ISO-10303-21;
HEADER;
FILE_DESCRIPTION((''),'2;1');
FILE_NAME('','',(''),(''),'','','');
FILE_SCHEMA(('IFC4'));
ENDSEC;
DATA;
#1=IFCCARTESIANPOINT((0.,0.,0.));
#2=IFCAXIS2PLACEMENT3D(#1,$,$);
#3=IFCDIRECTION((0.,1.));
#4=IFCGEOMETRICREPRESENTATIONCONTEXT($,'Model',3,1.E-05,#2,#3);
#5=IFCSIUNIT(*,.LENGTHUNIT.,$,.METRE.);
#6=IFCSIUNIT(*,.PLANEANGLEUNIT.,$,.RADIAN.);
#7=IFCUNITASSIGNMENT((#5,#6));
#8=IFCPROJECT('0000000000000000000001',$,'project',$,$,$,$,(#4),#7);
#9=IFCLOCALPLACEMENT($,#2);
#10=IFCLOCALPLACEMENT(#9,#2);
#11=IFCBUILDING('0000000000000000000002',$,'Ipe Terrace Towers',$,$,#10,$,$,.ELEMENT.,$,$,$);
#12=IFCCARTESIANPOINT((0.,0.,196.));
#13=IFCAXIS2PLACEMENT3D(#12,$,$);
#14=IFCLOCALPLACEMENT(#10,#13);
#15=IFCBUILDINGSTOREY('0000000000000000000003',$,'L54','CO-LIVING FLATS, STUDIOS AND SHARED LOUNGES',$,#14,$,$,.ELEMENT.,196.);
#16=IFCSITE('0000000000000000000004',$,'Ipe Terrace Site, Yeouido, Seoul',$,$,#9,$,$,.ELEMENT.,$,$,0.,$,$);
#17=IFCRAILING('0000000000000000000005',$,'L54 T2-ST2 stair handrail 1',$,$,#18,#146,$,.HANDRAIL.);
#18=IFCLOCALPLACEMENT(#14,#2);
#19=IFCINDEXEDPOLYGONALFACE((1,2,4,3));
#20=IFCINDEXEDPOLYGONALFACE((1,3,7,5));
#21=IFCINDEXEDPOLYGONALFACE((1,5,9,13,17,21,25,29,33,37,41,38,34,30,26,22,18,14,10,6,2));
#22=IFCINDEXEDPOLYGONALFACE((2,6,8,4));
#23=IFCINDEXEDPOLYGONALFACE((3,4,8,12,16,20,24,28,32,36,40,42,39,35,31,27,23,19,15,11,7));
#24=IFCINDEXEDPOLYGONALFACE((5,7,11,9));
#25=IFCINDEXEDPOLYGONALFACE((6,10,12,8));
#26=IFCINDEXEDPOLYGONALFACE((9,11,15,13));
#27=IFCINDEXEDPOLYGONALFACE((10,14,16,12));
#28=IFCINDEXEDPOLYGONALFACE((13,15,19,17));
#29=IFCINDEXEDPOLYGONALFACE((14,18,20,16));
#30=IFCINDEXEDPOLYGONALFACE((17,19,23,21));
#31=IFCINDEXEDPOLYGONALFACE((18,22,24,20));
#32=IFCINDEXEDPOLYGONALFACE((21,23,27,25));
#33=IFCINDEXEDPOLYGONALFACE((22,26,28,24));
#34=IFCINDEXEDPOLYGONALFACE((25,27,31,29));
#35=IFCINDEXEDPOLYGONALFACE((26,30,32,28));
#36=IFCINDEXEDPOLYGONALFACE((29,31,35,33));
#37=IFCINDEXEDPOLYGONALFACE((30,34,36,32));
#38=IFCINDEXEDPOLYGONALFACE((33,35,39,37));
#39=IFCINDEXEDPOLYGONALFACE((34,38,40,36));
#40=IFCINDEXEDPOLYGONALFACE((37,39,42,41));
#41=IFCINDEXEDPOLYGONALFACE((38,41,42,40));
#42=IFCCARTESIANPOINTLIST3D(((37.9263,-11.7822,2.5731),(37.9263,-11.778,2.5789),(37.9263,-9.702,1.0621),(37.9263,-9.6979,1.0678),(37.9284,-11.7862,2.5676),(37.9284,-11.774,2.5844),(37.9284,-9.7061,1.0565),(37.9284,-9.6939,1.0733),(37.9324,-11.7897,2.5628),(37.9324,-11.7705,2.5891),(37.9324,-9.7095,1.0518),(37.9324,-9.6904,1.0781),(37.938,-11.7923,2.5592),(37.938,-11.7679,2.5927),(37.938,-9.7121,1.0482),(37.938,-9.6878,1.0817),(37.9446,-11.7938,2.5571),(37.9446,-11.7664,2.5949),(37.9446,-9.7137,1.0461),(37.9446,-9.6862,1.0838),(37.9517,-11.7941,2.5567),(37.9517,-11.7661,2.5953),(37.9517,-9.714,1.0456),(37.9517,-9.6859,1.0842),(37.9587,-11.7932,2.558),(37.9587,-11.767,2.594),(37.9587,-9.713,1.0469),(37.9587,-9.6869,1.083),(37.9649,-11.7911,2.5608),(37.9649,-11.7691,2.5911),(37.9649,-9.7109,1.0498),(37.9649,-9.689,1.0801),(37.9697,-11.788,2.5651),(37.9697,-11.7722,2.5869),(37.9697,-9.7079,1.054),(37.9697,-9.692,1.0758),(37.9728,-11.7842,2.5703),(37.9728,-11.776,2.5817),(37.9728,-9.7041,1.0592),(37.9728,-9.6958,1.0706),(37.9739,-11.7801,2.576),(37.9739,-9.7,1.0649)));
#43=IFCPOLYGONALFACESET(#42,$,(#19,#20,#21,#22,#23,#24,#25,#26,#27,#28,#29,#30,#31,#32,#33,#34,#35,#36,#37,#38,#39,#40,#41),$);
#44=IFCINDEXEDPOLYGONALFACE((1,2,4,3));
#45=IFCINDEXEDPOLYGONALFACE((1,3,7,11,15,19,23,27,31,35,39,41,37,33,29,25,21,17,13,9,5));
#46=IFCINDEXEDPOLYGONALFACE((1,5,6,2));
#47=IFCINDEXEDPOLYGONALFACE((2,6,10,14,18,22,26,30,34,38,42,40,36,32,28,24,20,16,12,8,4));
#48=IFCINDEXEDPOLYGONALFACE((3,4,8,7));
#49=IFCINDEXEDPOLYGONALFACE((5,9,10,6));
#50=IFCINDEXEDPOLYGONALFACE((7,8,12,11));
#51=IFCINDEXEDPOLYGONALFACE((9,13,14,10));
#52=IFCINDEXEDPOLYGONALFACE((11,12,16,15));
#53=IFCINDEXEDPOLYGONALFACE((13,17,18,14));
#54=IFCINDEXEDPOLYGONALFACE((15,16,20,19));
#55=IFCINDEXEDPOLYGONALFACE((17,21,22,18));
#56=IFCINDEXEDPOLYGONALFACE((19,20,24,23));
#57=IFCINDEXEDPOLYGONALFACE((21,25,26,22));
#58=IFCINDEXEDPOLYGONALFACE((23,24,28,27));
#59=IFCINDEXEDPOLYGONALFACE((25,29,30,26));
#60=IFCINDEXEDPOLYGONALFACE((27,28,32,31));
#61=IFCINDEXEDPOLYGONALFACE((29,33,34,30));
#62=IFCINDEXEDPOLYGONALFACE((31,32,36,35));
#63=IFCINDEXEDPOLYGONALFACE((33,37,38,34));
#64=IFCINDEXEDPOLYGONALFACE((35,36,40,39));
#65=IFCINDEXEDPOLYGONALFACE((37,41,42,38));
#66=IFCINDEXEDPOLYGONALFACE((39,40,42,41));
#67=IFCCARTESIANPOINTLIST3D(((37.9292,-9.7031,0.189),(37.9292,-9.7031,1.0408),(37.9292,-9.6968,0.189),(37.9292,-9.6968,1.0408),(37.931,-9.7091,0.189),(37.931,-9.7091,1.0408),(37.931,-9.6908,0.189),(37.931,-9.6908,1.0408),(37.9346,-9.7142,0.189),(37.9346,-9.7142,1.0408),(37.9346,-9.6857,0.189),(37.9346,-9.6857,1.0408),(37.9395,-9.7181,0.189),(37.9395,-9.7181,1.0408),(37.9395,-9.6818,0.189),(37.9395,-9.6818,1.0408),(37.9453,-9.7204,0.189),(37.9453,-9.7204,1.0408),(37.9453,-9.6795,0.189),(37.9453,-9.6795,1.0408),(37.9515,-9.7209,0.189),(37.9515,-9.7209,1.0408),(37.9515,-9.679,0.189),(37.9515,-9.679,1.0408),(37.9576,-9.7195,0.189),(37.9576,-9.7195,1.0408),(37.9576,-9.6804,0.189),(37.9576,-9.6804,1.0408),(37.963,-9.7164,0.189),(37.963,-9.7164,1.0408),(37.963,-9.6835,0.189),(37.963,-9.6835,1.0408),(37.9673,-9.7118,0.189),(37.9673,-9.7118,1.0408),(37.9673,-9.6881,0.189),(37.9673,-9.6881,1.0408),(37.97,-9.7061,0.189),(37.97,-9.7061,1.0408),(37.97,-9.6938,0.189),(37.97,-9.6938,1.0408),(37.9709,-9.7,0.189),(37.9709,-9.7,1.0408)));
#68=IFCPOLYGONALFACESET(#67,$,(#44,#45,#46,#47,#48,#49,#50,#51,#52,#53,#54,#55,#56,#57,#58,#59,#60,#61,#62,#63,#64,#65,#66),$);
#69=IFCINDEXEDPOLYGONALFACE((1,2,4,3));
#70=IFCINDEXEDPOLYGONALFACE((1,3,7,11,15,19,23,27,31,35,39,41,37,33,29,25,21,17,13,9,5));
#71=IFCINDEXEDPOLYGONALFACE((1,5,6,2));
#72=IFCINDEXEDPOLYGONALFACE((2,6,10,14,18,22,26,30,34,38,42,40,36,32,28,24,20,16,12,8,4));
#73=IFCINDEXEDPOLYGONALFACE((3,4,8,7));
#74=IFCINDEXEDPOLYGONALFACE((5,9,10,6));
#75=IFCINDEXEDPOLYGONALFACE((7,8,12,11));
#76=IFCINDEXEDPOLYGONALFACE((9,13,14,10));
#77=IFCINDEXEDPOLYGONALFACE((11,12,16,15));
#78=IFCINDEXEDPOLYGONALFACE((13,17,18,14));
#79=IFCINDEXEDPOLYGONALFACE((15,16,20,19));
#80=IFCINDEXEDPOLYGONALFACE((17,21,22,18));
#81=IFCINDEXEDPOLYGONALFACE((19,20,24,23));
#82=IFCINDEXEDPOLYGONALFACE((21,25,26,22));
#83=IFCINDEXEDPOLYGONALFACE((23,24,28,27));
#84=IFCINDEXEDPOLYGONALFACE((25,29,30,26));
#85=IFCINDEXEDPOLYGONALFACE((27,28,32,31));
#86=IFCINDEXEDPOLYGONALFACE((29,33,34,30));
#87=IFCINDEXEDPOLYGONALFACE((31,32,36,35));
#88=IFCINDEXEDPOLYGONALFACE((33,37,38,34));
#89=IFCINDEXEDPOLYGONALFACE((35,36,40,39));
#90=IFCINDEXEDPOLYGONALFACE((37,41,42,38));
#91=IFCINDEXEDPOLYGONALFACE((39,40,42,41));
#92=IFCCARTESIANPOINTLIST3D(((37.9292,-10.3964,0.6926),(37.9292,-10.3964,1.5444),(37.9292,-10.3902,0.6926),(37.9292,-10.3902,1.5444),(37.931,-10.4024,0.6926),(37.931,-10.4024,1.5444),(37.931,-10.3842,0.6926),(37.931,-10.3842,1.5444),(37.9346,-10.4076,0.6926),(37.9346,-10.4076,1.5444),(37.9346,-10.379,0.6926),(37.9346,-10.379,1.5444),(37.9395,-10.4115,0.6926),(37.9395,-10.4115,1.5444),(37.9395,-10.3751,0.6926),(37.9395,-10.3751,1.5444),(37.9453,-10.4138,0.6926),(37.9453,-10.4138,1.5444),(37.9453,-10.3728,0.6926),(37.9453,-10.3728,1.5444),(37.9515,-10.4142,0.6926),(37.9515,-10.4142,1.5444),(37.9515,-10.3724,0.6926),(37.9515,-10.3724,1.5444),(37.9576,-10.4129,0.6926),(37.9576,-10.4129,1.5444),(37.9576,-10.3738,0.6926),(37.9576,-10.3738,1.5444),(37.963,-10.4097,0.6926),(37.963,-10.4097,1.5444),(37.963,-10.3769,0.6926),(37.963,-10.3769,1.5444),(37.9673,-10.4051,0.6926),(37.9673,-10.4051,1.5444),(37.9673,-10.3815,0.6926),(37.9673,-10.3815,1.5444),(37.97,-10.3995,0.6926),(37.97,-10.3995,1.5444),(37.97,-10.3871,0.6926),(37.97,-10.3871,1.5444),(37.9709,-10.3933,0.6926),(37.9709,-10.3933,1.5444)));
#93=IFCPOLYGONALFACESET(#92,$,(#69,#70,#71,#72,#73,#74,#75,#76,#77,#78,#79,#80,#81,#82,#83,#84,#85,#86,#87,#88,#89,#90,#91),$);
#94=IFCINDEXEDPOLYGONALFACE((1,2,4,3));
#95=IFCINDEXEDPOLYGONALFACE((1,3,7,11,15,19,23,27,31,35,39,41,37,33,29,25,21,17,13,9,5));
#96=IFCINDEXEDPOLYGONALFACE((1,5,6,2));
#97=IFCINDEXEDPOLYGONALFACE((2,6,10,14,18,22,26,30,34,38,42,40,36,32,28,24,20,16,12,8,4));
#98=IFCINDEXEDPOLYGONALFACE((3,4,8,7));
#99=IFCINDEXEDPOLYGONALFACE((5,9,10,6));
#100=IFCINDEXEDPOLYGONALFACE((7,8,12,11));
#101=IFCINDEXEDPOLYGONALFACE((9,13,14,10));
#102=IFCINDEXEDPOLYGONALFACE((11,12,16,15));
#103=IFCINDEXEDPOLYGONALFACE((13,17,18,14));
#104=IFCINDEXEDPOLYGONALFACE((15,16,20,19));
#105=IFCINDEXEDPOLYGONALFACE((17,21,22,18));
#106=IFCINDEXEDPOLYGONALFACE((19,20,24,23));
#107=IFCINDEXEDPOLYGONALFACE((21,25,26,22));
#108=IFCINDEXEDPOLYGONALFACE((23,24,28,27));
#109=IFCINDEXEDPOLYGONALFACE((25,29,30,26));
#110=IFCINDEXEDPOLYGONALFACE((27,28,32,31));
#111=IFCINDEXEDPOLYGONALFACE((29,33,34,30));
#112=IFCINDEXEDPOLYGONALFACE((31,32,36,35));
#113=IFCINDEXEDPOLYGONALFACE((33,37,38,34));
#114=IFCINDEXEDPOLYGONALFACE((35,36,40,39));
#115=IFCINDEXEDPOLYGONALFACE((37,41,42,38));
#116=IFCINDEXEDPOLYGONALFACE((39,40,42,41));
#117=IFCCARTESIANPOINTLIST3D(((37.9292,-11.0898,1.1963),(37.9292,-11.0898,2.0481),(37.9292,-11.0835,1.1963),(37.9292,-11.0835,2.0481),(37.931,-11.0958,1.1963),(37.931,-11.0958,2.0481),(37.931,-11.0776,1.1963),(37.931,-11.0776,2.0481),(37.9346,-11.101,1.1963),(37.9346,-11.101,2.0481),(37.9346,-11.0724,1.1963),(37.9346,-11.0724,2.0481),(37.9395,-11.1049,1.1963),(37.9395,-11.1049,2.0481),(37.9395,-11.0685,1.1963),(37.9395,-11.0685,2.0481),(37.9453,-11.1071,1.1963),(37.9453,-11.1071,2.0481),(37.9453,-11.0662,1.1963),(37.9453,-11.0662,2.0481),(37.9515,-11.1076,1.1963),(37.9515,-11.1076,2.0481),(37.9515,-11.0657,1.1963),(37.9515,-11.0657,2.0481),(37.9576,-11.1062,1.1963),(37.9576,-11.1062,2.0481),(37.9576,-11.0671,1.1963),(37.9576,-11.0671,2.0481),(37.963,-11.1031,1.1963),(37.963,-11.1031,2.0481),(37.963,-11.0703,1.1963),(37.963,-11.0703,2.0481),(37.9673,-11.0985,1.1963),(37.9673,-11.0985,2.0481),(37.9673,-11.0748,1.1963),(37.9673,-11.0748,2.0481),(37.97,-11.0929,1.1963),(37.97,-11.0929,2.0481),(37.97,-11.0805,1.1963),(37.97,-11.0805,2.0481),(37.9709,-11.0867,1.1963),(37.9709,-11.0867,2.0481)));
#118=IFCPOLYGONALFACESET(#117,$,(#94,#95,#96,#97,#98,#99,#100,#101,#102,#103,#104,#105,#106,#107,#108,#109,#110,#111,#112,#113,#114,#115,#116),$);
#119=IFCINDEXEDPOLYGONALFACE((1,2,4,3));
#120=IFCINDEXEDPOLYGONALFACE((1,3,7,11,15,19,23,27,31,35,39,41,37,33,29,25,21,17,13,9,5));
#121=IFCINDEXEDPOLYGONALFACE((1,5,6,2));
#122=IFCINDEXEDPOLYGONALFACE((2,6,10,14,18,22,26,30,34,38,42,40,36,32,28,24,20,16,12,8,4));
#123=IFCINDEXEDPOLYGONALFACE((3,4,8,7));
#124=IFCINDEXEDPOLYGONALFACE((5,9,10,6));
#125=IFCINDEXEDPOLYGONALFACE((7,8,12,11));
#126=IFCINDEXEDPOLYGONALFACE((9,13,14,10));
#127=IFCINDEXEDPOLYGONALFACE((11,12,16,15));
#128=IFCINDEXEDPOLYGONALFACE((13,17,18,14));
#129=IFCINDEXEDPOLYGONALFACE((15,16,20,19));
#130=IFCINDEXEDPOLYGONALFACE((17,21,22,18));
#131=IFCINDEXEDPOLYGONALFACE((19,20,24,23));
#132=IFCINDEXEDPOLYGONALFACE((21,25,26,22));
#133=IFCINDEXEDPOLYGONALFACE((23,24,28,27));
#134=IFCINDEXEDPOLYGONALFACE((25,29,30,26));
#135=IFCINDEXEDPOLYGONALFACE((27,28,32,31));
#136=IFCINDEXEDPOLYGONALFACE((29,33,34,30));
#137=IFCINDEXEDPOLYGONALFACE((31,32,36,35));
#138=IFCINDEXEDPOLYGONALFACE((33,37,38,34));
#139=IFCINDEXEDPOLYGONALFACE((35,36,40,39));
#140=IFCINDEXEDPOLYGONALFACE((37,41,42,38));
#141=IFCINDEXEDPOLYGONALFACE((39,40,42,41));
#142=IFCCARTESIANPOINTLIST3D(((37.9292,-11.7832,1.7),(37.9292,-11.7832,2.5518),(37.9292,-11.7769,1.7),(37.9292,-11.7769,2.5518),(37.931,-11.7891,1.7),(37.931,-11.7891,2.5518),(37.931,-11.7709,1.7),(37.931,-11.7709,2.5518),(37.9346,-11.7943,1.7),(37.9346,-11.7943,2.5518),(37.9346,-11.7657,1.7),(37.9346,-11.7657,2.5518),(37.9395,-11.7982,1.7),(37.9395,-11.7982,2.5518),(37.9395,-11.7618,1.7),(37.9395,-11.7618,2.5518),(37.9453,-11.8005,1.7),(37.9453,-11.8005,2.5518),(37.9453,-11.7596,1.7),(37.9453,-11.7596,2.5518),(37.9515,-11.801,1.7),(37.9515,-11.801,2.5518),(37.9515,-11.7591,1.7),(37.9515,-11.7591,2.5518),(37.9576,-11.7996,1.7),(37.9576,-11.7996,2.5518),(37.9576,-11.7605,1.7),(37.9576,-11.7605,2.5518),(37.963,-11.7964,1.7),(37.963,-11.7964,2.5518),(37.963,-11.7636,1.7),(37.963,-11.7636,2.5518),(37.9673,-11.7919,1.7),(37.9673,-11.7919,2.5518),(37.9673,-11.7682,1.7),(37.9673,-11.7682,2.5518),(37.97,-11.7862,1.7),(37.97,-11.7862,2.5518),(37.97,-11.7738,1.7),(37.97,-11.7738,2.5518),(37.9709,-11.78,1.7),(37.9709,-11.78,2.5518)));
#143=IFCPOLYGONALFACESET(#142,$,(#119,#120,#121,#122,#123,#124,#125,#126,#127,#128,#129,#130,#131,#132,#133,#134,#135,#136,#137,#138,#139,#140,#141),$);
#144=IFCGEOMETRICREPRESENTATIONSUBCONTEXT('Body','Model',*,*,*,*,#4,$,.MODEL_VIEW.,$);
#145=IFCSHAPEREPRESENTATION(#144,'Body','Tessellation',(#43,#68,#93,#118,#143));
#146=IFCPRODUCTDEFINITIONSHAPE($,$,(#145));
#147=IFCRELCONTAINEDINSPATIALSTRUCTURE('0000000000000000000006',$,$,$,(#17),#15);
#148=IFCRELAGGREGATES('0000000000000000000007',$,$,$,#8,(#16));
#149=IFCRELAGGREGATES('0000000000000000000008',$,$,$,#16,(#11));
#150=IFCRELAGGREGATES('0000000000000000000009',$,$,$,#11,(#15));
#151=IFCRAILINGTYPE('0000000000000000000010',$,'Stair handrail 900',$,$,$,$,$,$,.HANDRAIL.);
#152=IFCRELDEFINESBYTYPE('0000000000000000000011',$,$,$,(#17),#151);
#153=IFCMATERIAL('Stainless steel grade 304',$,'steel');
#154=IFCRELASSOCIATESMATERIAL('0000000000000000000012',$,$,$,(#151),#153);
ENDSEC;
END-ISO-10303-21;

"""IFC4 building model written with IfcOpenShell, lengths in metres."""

from ifc_helpers import new_model, si_unit, direction, frame, origin, origin_2d, place, context, subcontext, project, spatial, circle, extrude, material, type_object, element, save


model = new_model("IFC4")

# Units and contexts
model_context = context("Model", 3, precision=1e-05, world=origin(), true_north=direction((0.0, 1.0)))
body_context = subcontext(model_context, "Body", "Model", "MODEL_VIEW")
ifc_project = project(units=[si_unit("LENGTHUNIT", "METRE"), si_unit("PLANEANGLEUNIT", "RADIAN")], contexts=[model_context])

# Site, building, storey
site_placement = place(None, origin())
site = spatial("IfcSite", under=ifc_project, at=site_placement, Name="Ipe Terrace Site, Yeouido, Seoul", CompositionType="ELEMENT", RefElevation=0.0)
building_placement = place(site_placement, origin())
building = spatial("IfcBuilding", under=site, at=building_placement, Name="Ipe Terrace Towers", CompositionType="ELEMENT")
storey_placement = place(building_placement, frame((0.0, 0.0, 196.0)))
storey = spatial("IfcBuildingStorey", under=building, at=storey_placement, Name="L54", Description="CO-LIVING FLATS, STUDIOS AND SHARED LOUNGES", CompositionType="ELEMENT", Elevation=196.0)

# Railing
ifc_material_1 = material(Name="Stainless steel grade 304", Category="steel")
railing_type_1 = type_object("IfcRailingType", Name="Stair handrail 900", PredefinedType="HANDRAIL", material=ifc_material_1)
railing_1_placement = place(storey_placement, frame((37.95, -9.7, 0.189)))
element("IfcRailing", 1, at=railing_1_placement, inside=storey, type_object=railing_type_1, Name="L54 T2-ST2 stair handrail 1", PredefinedType="HANDRAIL", context=body_context, shape_type="SweptSolid", body=[
    extrude(circle(Radius=0.0239, at=origin_2d()), frame((0.0, 0.0, 0.876), z_axis=(0.0, -0.809069, 0.587714), x_axis=(1.0, 0.0, 0.0)), (0.0, 0.0, 1.0), 2.571),
    extrude(circle(Radius=0.021, at=origin_2d()), origin(), (0.0, 0.0, 1.0), 0.8518),
    extrude(circle(Radius=0.021, at=origin_2d()), frame((0.0, -0.6934, 0.5037)), (0.0, 0.0, 1.0), 0.8518),
    extrude(circle(Radius=0.021, at=origin_2d()), frame((0.0, -1.3867, 1.0073)), (0.0, 0.0, 1.0), 0.8518),
    extrude(circle(Radius=0.021, at=origin_2d()), frame((0.0, -2.0801, 1.511)), (0.0, 0.0, 1.0), 0.8518),
])

save(model, "model.ifc")
